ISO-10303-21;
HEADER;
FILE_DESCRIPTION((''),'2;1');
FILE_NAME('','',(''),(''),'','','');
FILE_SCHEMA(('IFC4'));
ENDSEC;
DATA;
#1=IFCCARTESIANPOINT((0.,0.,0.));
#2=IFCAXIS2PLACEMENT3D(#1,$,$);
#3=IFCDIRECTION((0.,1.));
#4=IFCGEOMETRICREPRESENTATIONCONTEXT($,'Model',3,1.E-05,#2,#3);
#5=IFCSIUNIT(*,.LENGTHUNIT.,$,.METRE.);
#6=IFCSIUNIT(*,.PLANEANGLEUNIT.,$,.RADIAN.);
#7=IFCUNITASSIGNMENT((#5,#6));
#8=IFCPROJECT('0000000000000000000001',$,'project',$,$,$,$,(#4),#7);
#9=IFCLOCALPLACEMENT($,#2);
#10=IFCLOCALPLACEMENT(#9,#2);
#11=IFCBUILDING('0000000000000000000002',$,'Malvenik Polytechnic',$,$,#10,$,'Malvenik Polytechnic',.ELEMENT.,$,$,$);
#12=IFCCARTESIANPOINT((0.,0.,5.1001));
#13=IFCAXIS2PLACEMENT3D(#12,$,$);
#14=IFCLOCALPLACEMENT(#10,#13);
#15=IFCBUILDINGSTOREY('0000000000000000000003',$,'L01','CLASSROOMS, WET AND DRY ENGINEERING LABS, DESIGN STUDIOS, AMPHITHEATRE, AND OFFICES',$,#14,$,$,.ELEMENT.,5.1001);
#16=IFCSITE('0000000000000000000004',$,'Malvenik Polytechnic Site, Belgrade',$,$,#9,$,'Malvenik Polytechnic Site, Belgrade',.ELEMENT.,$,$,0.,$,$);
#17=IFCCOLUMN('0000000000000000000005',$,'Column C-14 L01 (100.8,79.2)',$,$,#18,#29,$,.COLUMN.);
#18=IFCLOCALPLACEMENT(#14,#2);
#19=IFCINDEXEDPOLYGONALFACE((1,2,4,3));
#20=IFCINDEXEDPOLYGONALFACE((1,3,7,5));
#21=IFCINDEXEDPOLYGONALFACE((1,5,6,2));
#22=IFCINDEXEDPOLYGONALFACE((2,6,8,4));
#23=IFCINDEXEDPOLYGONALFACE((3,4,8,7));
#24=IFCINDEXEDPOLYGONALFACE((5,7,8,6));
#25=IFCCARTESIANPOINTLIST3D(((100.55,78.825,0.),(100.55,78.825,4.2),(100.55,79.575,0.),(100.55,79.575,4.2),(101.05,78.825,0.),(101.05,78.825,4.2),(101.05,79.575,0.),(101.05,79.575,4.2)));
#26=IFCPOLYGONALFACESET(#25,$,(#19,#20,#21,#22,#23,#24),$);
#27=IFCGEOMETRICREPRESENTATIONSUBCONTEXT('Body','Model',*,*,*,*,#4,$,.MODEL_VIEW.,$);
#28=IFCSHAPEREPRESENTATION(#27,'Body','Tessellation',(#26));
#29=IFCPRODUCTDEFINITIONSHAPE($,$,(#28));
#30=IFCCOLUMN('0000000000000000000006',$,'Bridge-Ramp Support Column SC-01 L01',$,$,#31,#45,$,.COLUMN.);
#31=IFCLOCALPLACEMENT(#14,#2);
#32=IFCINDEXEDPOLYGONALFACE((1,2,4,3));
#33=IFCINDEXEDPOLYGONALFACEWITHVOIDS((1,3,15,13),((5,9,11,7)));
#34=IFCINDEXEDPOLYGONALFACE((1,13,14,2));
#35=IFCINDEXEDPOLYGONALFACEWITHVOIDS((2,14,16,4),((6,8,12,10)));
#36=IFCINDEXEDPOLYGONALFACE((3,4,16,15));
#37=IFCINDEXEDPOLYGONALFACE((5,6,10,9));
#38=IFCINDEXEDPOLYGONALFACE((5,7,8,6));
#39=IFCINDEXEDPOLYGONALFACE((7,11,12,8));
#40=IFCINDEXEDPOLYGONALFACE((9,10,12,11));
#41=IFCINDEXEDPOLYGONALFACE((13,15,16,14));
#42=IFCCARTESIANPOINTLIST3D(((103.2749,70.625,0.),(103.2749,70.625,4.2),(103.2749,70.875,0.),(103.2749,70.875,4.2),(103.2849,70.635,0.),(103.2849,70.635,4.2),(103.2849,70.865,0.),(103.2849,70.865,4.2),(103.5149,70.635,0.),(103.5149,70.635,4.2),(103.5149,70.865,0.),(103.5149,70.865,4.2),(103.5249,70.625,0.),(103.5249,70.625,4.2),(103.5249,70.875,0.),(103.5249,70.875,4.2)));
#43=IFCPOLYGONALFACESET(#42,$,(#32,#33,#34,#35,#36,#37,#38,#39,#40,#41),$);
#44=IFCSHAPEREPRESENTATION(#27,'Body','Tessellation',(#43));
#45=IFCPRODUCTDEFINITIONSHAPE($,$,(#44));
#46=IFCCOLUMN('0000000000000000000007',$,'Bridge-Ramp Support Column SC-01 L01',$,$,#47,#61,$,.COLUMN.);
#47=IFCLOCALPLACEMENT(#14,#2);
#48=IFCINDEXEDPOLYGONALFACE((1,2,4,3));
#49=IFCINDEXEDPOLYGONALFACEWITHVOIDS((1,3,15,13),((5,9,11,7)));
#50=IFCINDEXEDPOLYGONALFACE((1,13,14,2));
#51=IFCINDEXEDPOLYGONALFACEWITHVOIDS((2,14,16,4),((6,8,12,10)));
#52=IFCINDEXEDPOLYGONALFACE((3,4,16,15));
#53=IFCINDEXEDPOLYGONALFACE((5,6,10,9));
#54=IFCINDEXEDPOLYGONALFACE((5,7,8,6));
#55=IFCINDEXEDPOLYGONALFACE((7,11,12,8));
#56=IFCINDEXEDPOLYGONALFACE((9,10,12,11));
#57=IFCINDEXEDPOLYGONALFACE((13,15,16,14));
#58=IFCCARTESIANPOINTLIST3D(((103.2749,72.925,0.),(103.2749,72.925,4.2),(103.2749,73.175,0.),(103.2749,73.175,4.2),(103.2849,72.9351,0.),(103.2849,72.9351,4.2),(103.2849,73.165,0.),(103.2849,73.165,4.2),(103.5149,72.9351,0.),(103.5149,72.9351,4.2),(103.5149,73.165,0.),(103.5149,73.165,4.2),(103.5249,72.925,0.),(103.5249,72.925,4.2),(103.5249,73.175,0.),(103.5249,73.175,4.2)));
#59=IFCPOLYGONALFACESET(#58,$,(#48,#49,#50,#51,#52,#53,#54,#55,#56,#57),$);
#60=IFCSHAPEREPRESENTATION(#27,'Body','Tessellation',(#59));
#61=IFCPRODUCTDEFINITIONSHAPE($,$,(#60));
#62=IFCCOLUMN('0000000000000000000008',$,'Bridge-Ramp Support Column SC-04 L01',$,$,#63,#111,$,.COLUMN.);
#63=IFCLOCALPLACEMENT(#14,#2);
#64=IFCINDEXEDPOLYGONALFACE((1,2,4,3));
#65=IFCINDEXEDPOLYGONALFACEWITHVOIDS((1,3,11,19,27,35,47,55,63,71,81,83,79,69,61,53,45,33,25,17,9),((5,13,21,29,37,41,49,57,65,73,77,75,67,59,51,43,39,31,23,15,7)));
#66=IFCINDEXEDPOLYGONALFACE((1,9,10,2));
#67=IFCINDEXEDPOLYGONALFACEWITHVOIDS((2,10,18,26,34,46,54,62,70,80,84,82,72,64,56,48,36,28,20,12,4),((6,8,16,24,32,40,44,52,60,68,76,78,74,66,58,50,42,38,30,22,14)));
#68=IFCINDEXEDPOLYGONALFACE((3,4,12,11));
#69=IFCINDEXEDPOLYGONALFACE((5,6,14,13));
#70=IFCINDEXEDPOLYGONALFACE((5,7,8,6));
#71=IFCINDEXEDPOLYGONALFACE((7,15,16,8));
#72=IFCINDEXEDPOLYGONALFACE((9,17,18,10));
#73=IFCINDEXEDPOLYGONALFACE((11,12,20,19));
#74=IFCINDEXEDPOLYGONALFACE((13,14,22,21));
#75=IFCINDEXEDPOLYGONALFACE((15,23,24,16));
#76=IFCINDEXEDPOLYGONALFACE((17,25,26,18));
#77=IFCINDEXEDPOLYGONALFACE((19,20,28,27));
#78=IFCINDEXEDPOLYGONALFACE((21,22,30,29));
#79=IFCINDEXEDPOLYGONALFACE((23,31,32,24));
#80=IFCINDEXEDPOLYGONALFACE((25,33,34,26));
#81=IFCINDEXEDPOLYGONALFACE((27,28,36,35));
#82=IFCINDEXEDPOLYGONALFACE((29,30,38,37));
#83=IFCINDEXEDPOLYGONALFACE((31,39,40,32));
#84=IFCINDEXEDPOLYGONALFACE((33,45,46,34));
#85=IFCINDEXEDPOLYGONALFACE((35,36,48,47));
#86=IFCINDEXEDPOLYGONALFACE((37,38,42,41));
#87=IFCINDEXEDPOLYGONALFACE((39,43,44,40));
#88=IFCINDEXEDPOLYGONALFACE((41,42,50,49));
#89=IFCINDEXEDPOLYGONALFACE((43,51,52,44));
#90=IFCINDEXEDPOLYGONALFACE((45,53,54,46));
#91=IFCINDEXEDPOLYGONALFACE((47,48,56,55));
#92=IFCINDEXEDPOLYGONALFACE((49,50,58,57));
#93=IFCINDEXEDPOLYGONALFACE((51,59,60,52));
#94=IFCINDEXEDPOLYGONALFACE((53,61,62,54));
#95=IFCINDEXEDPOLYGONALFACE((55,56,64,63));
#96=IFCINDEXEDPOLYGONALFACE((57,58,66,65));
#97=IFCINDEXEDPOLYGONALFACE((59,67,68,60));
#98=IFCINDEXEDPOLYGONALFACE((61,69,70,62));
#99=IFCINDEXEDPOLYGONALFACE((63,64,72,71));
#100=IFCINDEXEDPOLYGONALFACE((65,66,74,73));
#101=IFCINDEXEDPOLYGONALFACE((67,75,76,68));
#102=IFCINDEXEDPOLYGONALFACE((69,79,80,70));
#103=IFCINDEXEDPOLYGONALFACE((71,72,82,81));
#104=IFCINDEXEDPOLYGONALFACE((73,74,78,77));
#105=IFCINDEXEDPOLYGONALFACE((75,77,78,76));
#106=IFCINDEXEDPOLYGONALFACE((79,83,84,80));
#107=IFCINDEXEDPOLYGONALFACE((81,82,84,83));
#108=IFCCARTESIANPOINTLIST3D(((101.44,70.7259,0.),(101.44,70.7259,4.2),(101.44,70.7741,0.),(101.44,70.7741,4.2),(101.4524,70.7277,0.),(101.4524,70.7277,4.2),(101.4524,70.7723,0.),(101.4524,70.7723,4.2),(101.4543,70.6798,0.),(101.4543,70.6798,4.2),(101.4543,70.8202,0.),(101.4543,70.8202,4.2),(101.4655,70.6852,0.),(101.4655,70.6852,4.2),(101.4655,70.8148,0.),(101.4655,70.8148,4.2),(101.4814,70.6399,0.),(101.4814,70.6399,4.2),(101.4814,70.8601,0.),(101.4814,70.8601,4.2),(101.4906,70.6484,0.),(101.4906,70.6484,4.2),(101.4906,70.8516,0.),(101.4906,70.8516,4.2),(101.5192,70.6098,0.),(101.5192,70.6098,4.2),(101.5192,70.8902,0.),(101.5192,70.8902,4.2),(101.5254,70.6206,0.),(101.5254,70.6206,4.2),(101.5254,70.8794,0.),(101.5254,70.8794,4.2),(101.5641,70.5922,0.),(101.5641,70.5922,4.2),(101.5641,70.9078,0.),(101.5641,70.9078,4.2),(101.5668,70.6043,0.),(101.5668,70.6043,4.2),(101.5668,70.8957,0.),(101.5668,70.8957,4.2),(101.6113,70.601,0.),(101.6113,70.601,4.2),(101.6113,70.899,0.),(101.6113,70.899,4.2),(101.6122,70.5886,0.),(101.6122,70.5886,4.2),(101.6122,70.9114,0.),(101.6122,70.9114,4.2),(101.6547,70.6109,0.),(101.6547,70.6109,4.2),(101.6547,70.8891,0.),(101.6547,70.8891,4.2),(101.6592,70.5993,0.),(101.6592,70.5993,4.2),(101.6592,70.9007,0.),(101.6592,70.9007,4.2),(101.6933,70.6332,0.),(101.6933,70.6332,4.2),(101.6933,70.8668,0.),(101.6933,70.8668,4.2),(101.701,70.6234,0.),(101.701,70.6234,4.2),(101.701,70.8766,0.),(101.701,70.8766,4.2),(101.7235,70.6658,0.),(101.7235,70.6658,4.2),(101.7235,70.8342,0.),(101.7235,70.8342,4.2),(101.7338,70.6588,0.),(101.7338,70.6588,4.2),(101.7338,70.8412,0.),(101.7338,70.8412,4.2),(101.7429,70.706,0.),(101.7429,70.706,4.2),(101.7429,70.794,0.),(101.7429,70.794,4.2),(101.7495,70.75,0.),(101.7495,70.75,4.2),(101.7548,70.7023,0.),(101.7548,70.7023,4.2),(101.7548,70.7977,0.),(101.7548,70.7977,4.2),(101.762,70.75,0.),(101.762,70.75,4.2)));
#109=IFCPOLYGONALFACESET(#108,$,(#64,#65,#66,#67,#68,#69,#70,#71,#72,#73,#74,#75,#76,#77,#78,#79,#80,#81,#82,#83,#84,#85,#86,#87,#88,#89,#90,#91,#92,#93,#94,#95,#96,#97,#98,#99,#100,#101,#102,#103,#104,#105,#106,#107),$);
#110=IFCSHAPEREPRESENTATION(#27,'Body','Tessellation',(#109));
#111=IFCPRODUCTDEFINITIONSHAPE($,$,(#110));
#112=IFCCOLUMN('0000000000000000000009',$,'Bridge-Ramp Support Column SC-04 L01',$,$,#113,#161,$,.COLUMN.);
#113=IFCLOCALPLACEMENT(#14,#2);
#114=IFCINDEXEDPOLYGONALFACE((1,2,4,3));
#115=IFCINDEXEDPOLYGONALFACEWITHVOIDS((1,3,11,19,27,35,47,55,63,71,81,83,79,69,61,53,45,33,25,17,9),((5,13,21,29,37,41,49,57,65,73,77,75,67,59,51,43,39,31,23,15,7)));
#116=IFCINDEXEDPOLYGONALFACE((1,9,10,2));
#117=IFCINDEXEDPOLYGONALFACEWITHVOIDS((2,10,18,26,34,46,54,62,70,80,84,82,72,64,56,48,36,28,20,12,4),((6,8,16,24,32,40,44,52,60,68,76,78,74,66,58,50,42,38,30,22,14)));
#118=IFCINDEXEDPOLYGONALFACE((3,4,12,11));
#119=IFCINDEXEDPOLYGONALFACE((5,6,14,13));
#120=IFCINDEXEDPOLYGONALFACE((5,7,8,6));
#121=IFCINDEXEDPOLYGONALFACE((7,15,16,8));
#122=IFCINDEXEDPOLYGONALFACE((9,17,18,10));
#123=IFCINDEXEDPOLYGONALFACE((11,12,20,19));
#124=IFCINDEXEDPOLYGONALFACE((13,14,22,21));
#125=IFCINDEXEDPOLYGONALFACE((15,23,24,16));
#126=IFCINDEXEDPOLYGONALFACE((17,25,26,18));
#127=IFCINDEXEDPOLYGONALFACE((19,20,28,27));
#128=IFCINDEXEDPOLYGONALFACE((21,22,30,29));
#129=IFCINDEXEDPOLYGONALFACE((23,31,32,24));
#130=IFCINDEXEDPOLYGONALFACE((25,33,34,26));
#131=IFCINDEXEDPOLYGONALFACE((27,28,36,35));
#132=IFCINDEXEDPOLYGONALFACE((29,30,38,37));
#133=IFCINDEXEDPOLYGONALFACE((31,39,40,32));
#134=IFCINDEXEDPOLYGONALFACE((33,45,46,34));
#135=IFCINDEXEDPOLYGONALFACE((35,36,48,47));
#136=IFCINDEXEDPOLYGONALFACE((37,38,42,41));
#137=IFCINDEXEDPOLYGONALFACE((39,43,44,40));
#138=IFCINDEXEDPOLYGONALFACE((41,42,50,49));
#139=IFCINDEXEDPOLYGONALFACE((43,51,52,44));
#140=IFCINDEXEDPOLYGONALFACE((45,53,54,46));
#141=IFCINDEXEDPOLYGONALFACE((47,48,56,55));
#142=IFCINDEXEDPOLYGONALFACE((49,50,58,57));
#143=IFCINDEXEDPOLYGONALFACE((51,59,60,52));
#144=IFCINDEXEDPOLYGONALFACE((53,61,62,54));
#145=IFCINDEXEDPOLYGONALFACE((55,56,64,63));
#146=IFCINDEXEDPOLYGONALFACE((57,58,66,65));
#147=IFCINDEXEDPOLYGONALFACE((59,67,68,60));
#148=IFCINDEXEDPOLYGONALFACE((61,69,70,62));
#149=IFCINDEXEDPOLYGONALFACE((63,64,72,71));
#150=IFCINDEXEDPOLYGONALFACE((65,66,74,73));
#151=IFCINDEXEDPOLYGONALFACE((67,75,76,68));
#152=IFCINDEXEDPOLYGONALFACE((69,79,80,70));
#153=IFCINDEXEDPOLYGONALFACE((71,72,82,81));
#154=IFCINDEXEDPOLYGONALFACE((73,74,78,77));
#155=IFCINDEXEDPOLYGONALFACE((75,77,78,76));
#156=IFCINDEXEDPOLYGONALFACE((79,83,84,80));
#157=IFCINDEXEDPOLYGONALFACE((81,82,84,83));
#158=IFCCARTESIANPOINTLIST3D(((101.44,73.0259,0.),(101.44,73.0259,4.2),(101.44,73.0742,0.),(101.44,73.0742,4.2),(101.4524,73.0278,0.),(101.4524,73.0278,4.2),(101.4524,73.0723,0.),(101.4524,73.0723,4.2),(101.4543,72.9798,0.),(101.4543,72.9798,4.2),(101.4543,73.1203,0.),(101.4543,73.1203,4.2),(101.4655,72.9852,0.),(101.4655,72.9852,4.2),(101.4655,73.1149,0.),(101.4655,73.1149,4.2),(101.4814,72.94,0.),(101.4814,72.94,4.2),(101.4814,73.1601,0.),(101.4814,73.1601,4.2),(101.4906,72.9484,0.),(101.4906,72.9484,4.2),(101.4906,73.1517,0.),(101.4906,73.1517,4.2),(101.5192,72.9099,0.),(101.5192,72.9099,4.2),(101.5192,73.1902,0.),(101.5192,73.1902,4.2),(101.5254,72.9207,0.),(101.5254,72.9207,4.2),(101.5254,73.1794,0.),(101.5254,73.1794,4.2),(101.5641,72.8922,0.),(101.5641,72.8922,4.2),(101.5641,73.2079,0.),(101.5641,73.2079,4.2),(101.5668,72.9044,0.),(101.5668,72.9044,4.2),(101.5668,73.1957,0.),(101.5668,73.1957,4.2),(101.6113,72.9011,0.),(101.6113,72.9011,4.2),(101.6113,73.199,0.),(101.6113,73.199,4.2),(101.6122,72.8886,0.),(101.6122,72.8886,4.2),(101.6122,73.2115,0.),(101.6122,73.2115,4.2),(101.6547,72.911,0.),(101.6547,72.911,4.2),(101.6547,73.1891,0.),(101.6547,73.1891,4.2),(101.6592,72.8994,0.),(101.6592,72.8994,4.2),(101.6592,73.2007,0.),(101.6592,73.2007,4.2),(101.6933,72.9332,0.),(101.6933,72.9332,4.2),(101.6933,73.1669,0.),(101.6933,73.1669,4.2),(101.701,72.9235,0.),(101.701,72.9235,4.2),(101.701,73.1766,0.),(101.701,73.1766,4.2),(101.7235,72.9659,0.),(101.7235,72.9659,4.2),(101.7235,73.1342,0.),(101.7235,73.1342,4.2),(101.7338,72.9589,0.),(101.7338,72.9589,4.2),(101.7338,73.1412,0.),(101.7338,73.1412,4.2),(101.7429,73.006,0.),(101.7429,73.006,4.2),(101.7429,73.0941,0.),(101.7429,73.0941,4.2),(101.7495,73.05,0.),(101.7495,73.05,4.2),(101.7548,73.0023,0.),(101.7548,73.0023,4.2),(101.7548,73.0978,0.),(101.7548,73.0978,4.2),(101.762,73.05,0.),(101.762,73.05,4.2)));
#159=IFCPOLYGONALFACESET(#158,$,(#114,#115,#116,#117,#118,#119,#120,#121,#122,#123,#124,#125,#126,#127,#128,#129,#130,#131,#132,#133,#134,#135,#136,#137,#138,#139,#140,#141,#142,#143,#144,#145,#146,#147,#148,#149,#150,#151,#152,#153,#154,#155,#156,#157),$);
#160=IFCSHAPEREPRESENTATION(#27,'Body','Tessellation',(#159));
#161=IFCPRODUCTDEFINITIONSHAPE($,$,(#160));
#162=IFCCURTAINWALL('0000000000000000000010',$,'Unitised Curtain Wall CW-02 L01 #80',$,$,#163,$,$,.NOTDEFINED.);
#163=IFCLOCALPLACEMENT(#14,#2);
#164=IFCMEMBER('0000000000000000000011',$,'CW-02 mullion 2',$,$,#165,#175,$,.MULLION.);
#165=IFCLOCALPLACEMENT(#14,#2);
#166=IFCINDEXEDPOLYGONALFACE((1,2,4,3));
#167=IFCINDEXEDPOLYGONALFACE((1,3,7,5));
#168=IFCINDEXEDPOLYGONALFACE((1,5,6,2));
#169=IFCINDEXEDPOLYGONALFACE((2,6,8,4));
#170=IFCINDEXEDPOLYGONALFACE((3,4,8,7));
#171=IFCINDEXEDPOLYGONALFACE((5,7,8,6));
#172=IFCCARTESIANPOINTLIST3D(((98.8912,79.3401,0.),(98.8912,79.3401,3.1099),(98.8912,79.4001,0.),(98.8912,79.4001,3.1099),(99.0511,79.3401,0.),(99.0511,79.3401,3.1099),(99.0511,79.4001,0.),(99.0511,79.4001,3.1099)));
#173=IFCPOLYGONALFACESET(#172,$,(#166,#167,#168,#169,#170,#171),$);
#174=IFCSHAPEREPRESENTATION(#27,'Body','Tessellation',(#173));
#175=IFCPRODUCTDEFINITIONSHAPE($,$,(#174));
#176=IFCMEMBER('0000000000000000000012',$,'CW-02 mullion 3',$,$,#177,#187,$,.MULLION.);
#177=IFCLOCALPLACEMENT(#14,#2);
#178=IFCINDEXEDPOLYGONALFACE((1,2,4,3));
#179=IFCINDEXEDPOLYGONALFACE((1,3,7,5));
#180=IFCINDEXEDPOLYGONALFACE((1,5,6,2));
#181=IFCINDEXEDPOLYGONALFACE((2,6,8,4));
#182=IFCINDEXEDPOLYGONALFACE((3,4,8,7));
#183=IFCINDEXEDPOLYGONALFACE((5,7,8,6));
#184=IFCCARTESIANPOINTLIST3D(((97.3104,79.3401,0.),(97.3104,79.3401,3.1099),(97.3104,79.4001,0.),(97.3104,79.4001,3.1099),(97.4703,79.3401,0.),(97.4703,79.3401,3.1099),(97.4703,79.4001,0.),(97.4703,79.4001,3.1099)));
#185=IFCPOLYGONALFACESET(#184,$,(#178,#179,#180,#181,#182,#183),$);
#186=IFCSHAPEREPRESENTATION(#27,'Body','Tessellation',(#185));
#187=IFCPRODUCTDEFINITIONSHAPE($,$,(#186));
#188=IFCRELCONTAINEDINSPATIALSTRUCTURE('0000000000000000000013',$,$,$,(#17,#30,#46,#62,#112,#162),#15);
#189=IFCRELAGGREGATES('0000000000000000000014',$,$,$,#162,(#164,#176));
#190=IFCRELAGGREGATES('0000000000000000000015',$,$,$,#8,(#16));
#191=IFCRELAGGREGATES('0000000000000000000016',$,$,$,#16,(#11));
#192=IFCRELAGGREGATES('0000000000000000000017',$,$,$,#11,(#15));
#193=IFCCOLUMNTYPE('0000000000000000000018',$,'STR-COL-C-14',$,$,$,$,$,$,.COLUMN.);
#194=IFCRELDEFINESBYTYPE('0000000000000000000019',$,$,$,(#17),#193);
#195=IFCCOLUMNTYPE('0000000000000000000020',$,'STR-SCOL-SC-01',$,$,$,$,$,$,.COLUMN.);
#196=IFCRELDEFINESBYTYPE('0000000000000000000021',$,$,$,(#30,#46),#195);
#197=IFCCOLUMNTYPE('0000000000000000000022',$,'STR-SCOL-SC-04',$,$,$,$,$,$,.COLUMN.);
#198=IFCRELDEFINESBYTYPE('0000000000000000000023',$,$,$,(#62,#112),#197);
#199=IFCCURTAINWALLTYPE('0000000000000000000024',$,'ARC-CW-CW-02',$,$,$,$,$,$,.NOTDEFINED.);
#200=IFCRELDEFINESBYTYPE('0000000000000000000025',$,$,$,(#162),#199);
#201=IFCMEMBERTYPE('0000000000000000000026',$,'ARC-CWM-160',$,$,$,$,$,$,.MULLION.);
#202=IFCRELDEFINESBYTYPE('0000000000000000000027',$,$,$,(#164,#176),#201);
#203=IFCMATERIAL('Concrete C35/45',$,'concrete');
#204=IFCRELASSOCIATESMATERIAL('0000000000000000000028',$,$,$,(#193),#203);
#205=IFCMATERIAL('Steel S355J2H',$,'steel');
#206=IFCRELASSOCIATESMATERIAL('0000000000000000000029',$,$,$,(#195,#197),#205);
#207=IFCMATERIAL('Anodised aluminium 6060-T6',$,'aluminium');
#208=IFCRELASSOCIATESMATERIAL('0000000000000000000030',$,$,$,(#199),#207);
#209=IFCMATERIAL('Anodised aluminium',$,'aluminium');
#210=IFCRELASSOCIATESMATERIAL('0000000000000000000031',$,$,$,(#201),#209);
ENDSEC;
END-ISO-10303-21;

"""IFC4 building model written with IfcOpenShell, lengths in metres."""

from ifc_helpers import new_model, si_unit, direction, frame, origin, origin_2d, place, context, subcontext, project, spatial, rectangle, hollow_rectangle, hollow_circle, extrude, material, material_profile, profile_set, type_object, element, aggregate, save


model = new_model("IFC4")

# Units and contexts
model_context = context("Model", 3, precision=1e-05, world=origin(), true_north=direction((0.0, 1.0)))
body_context = subcontext(model_context, "Body", "Model", "MODEL_VIEW")
ifc_project = project(units=[si_unit("LENGTHUNIT", "METRE"), si_unit("PLANEANGLEUNIT", "RADIAN")], contexts=[model_context])

# Site, building, storey
site_placement = place(None, origin())
site = spatial("IfcSite", under=ifc_project, at=site_placement, Name="Malvenik Polytechnic Site, Belgrade", LongName="Malvenik Polytechnic Site, Belgrade", CompositionType="ELEMENT", RefElevation=0.0)
building_placement = place(site_placement, origin())
building = spatial("IfcBuilding", under=site, at=building_placement, Name="Malvenik Polytechnic", LongName="Malvenik Polytechnic", CompositionType="ELEMENT")
storey_placement = place(building_placement, frame((0.0, 0.0, 5.1001)))
storey = spatial("IfcBuildingStorey", under=building, at=storey_placement, Name="L01", Description="CLASSROOMS, WET AND DRY ENGINEERING LABS, DESIGN STUDIOS, AMPHITHEATRE, AND OFFICES", CompositionType="ELEMENT", Elevation=5.1001)

# Columns
ifc_material_1 = material(Name="Concrete C35/45", Category="concrete")
ifc_material_profile_1 = material_profile(ifc_material_1, rectangle(XDim=0.5, YDim=0.75, at=origin_2d()), Name="RC COL 750x500")
ifc_profile_set_1 = profile_set([ifc_material_profile_1], Name="Concrete C35/45")
column_type_1 = type_object("IfcColumnType", Name="STR-COL-C-14", PredefinedType="COLUMN", material=ifc_profile_set_1)
column_placement = place(storey_placement, frame((100.8, 79.2, 0.0), z_axis=(0.0, 0.0, 1.0), x_axis=(1.0, 0.0, 0.0)))
element("IfcColumn", 1, at=column_placement, inside=storey, type_object=column_type_1, Name="Column C-14 L01 (100.8,79.2)", PredefinedType="COLUMN", context=body_context, shape_type="SweptSolid", body=[
    extrude(rectangle(XDim=0.5, YDim=0.75, at=origin_2d()), origin(), (0.0, 0.0, 1.0), 4.2),
])
ifc_material_2 = material(Name="Steel S355J2H", Category="steel")
ifc_material_profile_2 = material_profile(ifc_material_2, hollow_rectangle(XDim=0.25, YDim=0.25, WallThickness=0.01, at=origin_2d()), Name="SHS 250x250x10.0")
ifc_profile_set_2 = profile_set([ifc_material_profile_2], Name="Steel S355J2H")
column_type_2 = type_object("IfcColumnType", Name="STR-SCOL-SC-01", PredefinedType="COLUMN", material=ifc_profile_set_2)
for number, where, z_axis, x_axis, name in (
    (2, (103.3999, 70.75, 0.0), (0.0, 0.0, 1.0), (1.0, 0.0, 0.0), "Bridge-Ramp Support Column SC-01 L01"),
    (3, (103.3999, 73.05, 0.0), (0.0, 0.0, 1.0), (1.0, 0.0, 0.0), "Bridge-Ramp Support Column SC-01 L01"),
):
    element("IfcColumn", number, at=place(storey_placement, frame(where, z_axis=z_axis, x_axis=x_axis)), inside=storey, type_object=column_type_2, Name=name, PredefinedType="COLUMN", context=body_context, shape_type="SweptSolid", body=[
        extrude(hollow_rectangle(XDim=0.25, YDim=0.25, WallThickness=0.01, at=origin_2d()), origin(), (0.0, 0.0, 1.0), 4.2),
    ])
ifc_material_profile_3 = material_profile(ifc_material_2, hollow_circle(Radius=0.1619, WallThickness=0.0125, at=origin_2d()), Name="CHS 323.9x12.5")
ifc_profile_set_3 = profile_set([ifc_material_profile_3], Name="Steel S355J2H")
column_type_3 = type_object("IfcColumnType", Name="STR-SCOL-SC-04", PredefinedType="COLUMN", material=ifc_profile_set_3)
for number, where, z_axis, x_axis, name in (
    (4, (101.6001, 70.75, 0.0), (0.0, 0.0, 1.0), (1.0, 0.0, 0.0), "Bridge-Ramp Support Column SC-04 L01"),
    (5, (101.6001, 73.05, 0.0), (0.0, 0.0, 1.0), (1.0, 0.0, 0.0), "Bridge-Ramp Support Column SC-04 L01"),
):
    element("IfcColumn", number, at=place(storey_placement, frame(where, z_axis=z_axis, x_axis=x_axis)), inside=storey, type_object=column_type_3, Name=name, PredefinedType="COLUMN", context=body_context, shape_type="SweptSolid", body=[
        extrude(hollow_circle(Radius=0.1619, WallThickness=0.0125, at=origin_2d()), origin(), (0.0, 0.0, 1.0), 4.2),
    ])

# Curtain wall, members
ifc_material_3 = material(Name="Anodised aluminium 6060-T6", Category="aluminium")
curtain_wall_type = type_object("IfcCurtainWallType", Name="ARC-CW-CW-02", PredefinedType="NOTDEFINED", material=ifc_material_3)
curtain_wall_placement = place(storey_placement, origin())
curtain_wall = element("IfcCurtainWall", 6, at=curtain_wall_placement, inside=storey, type_object=curtain_wall_type, Name="Unitised Curtain Wall CW-02 L01 #80", PredefinedType="NOTDEFINED")
ifc_material_4 = material(Name="Anodised aluminium", Category="aluminium")
ifc_material_profile_4 = material_profile(ifc_material_4, rectangle(XDim=0.0601, YDim=0.1599, at=origin_2d()), Name="ALU MULLION 60x160")
ifc_profile_set_4 = profile_set([ifc_material_profile_4], Name="Anodised aluminium")
member_type_1 = type_object("IfcMemberType", Name="ARC-CWM-160", PredefinedType="MULLION", material=ifc_profile_set_4)
member_1_placement = place(storey_placement, frame((98.9712, 79.3701, 0.0), z_axis=(0.0, 0.0, 1.0), x_axis=(0.0, -1.0, 0.0)))
member_1 = element("IfcMember", 7, at=member_1_placement, type_object=member_type_1, Name="CW-02 mullion 2", PredefinedType="MULLION", context=body_context, shape_type="SweptSolid", body=[
    extrude(rectangle(XDim=0.0601, YDim=0.1599, at=origin_2d()), origin(), (0.0, 0.0, 1.0), 3.1099),
])
member_2_placement = place(storey_placement, frame((97.3904, 79.3701, 0.0), z_axis=(0.0, 0.0, 1.0), x_axis=(0.0, -1.0, 0.0)))
member_2 = element("IfcMember", 8, at=member_2_placement, type_object=member_type_1, Name="CW-02 mullion 3", PredefinedType="MULLION", context=body_context, shape_type="SweptSolid", body=[
    extrude(rectangle(XDim=0.0601, YDim=0.1599, at=origin_2d()), origin(), (0.0, 0.0, 1.0), 3.1099),
])

aggregate(curtain_wall, [member_1, member_2])

save(model, "model.ifc")
